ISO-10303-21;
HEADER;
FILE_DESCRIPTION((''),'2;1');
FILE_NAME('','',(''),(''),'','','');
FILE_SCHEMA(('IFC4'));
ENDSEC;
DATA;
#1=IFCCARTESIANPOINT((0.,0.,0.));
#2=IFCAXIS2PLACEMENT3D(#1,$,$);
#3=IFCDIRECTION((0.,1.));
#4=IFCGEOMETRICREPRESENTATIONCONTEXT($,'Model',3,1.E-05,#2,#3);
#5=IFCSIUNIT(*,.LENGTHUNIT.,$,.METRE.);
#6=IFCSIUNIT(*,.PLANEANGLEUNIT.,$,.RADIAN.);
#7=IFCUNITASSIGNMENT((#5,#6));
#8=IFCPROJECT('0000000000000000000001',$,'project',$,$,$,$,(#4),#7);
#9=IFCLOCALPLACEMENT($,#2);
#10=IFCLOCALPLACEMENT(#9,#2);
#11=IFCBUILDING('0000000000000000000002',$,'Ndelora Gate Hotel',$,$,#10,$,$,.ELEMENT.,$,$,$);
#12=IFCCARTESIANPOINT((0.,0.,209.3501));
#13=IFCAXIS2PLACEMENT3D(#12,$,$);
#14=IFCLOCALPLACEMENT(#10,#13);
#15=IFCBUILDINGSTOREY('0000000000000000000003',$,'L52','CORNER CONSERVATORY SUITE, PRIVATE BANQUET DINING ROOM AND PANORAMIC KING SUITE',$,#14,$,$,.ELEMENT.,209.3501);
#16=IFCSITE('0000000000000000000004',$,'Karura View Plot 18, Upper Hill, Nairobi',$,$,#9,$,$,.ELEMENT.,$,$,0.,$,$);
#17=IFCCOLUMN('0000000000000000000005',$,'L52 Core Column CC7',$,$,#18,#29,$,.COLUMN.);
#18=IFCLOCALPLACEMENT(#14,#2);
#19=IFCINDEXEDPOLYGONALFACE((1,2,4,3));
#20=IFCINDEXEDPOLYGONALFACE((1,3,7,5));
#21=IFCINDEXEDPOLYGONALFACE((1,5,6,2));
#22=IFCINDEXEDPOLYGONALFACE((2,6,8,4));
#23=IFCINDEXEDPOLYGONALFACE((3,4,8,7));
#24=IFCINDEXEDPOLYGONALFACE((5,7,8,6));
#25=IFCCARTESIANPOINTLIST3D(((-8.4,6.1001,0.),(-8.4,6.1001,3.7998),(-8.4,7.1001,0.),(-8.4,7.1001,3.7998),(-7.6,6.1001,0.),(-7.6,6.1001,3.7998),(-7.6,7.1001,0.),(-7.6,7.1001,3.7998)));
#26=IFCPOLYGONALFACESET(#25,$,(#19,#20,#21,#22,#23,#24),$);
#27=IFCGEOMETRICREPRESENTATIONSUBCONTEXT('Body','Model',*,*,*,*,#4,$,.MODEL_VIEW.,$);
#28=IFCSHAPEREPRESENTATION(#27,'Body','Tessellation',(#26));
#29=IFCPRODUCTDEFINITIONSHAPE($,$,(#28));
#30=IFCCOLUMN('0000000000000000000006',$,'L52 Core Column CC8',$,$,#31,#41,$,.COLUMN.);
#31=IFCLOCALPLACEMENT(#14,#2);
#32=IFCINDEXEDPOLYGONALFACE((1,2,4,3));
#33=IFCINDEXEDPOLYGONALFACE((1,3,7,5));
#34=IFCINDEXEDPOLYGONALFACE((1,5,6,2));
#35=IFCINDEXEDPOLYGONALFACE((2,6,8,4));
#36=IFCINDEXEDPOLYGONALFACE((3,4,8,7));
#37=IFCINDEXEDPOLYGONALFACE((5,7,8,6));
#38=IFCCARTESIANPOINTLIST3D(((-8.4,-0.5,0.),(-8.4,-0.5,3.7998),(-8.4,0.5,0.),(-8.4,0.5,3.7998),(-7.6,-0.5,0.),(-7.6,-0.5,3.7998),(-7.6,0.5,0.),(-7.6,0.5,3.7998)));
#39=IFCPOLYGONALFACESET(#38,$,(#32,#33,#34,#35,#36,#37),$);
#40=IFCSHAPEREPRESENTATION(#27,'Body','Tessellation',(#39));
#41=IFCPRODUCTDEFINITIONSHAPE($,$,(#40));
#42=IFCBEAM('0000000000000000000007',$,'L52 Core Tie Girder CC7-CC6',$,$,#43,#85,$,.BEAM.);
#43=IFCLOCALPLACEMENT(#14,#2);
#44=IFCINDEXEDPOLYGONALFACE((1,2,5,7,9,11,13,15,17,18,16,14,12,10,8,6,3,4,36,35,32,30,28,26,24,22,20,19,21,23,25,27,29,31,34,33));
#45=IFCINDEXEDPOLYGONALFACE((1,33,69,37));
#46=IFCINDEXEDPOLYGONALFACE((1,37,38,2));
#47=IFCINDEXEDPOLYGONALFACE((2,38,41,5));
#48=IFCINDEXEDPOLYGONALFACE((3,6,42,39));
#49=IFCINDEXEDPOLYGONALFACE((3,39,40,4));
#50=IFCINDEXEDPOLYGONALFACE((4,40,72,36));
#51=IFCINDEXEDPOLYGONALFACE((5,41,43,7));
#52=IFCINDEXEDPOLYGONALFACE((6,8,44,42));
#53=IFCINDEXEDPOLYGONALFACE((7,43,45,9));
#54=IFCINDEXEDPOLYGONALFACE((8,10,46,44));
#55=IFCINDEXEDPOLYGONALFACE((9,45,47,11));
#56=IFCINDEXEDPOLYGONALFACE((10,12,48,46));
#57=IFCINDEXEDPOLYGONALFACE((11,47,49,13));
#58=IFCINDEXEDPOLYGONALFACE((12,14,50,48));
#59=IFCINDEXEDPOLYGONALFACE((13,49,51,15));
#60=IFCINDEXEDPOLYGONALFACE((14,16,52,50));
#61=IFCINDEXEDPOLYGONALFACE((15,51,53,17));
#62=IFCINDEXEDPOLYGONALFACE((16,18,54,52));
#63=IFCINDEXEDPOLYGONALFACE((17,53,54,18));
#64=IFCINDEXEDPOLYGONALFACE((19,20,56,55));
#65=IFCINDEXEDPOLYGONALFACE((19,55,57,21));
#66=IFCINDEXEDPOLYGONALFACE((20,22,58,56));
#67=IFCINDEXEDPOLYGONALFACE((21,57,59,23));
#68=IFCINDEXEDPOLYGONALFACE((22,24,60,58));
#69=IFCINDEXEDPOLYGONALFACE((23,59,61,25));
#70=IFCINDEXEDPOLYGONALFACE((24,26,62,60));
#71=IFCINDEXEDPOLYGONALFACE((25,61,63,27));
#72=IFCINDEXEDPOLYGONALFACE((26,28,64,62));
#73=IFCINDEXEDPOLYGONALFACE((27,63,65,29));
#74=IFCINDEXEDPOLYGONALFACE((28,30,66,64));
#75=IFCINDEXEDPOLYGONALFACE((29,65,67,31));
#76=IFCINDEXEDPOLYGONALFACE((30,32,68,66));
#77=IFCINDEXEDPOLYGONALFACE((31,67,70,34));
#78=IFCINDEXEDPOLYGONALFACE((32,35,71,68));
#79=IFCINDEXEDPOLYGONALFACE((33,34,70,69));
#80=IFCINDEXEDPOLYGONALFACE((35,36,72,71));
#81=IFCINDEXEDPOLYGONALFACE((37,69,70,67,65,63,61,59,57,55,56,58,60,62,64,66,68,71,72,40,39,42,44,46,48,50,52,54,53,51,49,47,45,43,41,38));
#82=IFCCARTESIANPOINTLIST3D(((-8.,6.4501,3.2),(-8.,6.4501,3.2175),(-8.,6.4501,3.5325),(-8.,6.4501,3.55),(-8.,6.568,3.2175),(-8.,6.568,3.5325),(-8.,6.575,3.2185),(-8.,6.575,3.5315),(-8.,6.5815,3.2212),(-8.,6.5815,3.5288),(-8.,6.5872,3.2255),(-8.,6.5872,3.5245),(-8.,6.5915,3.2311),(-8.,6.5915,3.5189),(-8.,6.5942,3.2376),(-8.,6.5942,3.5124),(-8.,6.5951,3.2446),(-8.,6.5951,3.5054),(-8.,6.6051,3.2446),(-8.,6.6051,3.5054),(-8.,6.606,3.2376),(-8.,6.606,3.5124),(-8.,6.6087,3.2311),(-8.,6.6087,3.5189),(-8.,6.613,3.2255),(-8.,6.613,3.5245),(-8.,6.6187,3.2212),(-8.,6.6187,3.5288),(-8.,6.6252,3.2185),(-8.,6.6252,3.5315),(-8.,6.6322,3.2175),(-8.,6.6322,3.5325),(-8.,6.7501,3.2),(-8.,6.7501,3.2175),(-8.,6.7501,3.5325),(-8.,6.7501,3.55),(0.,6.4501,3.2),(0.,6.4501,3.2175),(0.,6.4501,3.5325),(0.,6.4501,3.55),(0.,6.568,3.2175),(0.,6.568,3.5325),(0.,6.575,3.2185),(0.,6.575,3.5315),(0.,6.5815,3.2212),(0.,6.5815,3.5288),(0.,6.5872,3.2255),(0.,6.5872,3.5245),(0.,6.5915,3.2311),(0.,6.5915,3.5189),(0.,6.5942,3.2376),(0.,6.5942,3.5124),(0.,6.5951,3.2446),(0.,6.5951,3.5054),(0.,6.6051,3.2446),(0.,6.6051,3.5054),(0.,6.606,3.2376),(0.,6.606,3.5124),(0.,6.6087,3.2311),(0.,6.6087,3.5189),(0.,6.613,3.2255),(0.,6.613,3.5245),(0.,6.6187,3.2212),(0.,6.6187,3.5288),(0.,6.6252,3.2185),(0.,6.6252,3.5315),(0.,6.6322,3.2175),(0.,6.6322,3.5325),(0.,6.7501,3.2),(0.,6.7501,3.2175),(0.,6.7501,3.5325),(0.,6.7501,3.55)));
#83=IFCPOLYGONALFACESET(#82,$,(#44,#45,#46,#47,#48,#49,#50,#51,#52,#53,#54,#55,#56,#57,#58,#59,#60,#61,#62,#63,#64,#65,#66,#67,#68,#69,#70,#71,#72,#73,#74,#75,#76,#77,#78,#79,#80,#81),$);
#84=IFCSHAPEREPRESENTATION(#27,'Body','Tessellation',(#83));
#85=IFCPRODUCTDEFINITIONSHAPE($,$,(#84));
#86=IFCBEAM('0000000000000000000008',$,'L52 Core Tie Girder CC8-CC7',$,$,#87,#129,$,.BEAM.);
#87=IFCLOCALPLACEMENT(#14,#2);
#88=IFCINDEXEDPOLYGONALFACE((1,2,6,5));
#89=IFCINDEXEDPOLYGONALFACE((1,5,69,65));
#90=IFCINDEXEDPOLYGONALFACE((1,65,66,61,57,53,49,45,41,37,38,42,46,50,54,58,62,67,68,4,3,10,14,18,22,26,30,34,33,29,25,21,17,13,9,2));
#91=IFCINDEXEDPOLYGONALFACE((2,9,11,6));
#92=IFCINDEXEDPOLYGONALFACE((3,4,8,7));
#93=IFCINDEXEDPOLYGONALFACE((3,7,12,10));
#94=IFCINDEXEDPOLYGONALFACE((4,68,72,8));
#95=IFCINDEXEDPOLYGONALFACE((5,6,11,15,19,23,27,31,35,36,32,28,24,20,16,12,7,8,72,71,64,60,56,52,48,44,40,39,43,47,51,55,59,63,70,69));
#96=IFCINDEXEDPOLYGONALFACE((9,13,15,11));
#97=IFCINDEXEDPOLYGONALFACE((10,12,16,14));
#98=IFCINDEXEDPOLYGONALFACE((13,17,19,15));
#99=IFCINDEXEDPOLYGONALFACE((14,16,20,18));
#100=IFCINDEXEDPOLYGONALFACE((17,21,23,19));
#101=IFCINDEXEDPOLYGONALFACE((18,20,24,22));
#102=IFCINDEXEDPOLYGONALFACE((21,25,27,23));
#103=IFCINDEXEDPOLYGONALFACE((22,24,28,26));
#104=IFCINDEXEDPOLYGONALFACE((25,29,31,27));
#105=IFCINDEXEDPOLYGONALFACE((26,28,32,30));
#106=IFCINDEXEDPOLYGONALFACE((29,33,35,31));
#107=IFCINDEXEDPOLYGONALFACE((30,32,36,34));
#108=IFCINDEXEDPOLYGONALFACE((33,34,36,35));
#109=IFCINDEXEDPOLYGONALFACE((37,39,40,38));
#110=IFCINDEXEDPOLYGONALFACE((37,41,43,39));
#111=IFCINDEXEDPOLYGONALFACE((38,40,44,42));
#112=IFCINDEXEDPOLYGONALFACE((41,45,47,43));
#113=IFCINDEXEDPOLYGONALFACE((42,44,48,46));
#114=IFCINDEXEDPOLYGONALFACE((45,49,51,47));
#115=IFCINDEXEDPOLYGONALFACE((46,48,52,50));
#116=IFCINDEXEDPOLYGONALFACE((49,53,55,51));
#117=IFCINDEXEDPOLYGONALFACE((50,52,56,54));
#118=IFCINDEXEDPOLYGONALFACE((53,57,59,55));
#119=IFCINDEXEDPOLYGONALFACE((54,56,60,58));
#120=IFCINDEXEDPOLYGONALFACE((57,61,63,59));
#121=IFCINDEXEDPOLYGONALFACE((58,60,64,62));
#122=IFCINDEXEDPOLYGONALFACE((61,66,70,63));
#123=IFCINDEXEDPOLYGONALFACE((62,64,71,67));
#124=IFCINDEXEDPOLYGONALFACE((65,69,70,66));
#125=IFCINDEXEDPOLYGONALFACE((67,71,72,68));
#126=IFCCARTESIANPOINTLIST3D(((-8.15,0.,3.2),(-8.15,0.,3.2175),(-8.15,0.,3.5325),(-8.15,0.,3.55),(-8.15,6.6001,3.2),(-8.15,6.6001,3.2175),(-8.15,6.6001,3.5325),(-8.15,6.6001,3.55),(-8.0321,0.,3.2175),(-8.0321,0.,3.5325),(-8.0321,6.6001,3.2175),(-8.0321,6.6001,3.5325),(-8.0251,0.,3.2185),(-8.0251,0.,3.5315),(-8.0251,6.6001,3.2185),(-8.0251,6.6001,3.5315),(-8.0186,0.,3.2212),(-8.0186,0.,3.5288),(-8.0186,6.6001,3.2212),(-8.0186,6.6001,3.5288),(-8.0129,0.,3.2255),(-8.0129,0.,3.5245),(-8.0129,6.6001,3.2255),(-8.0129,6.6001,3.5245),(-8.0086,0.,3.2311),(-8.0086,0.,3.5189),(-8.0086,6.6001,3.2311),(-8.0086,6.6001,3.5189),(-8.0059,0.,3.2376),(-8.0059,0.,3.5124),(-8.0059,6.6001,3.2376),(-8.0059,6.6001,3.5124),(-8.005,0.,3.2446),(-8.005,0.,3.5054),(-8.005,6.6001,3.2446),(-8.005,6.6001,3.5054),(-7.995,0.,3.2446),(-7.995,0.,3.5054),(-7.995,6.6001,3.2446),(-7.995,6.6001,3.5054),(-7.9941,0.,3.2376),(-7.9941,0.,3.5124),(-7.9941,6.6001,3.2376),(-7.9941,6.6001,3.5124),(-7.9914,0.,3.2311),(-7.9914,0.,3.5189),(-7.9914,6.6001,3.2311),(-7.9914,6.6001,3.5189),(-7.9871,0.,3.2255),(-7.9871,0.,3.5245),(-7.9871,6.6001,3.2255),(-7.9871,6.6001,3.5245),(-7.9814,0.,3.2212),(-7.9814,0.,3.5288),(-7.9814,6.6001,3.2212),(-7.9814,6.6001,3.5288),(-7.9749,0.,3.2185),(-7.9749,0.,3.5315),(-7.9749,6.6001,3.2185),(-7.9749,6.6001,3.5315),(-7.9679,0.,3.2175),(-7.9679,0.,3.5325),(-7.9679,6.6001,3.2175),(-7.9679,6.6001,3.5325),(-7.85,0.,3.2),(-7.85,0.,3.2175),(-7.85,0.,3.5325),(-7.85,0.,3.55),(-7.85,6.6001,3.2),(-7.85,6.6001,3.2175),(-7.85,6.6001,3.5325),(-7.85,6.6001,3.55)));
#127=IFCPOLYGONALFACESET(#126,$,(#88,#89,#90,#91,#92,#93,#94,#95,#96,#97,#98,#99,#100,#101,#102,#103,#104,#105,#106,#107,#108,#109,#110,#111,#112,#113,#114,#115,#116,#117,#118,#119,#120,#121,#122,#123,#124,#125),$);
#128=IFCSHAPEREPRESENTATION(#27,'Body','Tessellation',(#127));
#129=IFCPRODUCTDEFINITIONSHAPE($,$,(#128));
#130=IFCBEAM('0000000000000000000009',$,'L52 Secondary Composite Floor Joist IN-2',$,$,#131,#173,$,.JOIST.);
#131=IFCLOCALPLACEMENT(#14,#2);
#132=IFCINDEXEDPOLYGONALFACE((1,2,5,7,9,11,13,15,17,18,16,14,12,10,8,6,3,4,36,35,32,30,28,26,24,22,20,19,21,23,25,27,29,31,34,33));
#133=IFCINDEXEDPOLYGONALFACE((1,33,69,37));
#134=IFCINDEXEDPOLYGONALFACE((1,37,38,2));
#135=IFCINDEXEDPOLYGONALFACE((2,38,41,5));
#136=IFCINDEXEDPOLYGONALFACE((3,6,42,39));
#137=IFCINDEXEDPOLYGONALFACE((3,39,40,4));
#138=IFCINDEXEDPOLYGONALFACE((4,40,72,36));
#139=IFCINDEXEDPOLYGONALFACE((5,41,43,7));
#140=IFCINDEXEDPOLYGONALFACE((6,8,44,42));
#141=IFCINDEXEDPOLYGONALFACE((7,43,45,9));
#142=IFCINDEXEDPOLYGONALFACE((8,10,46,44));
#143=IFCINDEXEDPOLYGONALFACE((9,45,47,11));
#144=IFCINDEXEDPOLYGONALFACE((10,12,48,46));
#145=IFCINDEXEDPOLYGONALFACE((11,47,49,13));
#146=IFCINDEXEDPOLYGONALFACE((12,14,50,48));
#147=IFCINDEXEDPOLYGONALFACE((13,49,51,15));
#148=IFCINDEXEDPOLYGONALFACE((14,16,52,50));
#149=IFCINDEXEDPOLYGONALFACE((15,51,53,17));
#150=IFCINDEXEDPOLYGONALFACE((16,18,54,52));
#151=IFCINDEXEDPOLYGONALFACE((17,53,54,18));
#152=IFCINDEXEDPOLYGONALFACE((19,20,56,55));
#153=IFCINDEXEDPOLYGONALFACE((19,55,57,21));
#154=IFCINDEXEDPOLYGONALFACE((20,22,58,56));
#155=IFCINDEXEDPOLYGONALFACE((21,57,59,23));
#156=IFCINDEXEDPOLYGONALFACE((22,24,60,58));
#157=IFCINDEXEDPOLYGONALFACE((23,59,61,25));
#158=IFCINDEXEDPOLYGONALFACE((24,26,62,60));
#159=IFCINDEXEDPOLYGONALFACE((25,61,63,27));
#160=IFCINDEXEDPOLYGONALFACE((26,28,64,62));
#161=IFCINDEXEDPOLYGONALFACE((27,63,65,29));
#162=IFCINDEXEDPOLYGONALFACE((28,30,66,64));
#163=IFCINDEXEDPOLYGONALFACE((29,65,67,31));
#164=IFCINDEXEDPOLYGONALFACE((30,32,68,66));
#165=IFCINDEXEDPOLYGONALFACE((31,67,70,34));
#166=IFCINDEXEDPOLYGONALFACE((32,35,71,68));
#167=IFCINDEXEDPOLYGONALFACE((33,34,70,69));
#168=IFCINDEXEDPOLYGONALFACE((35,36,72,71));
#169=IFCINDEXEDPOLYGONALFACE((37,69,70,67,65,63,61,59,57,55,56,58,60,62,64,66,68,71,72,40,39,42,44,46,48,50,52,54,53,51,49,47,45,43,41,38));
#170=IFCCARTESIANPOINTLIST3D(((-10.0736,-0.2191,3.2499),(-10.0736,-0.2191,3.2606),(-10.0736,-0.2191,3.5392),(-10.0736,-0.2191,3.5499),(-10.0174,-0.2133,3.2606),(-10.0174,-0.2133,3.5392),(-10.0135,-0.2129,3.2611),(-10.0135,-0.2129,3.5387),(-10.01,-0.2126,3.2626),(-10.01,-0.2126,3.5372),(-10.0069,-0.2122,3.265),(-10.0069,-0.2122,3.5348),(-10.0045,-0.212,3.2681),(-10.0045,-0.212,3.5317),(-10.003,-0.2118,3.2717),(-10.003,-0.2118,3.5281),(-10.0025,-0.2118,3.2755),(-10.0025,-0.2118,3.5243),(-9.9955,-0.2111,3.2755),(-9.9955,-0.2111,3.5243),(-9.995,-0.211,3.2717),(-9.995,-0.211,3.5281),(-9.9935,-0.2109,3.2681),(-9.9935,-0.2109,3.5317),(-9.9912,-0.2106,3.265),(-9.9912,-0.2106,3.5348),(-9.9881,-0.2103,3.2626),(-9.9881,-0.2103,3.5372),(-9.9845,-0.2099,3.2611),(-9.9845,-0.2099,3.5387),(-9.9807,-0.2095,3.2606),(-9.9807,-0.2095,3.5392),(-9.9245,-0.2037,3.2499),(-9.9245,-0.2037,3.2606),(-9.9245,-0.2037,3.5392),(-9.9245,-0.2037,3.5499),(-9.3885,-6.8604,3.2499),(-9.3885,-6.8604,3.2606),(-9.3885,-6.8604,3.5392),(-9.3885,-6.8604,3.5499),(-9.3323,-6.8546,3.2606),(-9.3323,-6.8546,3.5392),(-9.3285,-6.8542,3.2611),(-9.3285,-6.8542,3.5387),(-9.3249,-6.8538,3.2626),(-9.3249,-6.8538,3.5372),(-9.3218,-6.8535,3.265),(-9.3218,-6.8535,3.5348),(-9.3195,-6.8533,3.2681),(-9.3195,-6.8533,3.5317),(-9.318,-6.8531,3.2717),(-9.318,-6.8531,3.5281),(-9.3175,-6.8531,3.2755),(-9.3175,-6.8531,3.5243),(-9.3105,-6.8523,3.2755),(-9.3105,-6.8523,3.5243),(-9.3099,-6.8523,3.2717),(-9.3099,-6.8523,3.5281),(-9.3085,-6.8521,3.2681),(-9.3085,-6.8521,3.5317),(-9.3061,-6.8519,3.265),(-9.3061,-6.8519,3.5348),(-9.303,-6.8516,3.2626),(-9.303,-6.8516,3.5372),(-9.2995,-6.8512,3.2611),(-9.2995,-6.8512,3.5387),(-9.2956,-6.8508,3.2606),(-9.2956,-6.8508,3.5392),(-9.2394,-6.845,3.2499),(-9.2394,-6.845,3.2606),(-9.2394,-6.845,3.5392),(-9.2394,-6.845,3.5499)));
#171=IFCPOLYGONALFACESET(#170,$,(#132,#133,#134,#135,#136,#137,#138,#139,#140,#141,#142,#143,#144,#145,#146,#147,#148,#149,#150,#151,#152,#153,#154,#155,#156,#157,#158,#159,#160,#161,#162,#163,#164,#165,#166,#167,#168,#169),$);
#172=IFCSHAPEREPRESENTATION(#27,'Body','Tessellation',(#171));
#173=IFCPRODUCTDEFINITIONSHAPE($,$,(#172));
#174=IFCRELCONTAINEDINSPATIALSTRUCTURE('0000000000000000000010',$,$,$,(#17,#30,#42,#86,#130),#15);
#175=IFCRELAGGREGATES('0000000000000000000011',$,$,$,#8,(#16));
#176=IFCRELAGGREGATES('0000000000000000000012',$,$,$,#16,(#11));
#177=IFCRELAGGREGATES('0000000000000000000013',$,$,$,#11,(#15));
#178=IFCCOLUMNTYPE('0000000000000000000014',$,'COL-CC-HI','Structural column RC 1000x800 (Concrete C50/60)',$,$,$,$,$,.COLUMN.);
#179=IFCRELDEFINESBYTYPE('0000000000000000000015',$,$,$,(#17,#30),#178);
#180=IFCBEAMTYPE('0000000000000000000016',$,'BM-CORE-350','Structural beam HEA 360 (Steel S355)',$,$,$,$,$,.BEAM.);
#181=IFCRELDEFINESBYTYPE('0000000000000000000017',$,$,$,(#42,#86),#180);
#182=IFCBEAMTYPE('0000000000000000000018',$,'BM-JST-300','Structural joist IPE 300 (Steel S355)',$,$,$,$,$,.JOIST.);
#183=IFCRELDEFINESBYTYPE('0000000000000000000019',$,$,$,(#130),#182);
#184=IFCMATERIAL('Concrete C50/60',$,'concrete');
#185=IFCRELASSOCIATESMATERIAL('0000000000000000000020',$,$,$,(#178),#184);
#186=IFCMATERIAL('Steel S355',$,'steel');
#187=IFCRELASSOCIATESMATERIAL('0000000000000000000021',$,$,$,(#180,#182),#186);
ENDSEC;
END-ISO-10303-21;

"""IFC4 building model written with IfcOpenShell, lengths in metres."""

from ifc_helpers import new_model, si_unit, direction, frame, origin, origin_2d, place, context, subcontext, project, spatial, rectangle, i_section, extrude, material, material_profile, profile_set, type_object, element, save


model = new_model("IFC4")

# Units and contexts
model_context = context("Model", 3, precision=1e-05, world=origin(), true_north=direction((0.0, 1.0)))
body_context = subcontext(model_context, "Body", "Model", "MODEL_VIEW")
ifc_project = project(units=[si_unit("LENGTHUNIT", "METRE"), si_unit("PLANEANGLEUNIT", "RADIAN")], contexts=[model_context])

# Site, building, storey
site_placement = place(None, origin())
site = spatial("IfcSite", under=ifc_project, at=site_placement, Name="Karura View Plot 18, Upper Hill, Nairobi", CompositionType="ELEMENT", RefElevation=0.0)
building_placement = place(site_placement, origin())
building = spatial("IfcBuilding", under=site, at=building_placement, Name="Ndelora Gate Hotel", CompositionType="ELEMENT")
storey_placement = place(building_placement, frame((0.0, 0.0, 209.3501)))
storey = spatial("IfcBuildingStorey", under=building, at=storey_placement, Name="L52", Description="CORNER CONSERVATORY SUITE, PRIVATE BANQUET DINING ROOM AND PANORAMIC KING SUITE", CompositionType="ELEMENT", Elevation=209.3501)

# Columns
ifc_material_1 = material(Name="Concrete C50/60", Category="concrete")
ifc_material_profile_1 = material_profile(ifc_material_1, rectangle(XDim=0.8, YDim=1.0, at=origin_2d()), Name="RC 1000x800")
ifc_profile_set_1 = profile_set([ifc_material_profile_1], Name="Concrete C50/60")
column_type = type_object("IfcColumnType", Name="COL-CC-HI", Description="Structural column RC 1000x800 (Concrete C50/60)", PredefinedType="COLUMN", material=ifc_profile_set_1)
for number, where, z_axis, x_axis, name in (
    (1, (-8.0, 6.6001, 0.0), (0.0, 0.0, 1.0), (1.0, 0.0, 0.0), "L52 Core Column CC7"),
    (2, (-8.0, 0.0, 0.0), (0.0, 0.0, 1.0), (1.0, 0.0, 0.0), "L52 Core Column CC8"),
):
    element("IfcColumn", number, at=place(storey_placement, frame(where, z_axis=z_axis, x_axis=x_axis)), inside=storey, type_object=column_type, Name=name, PredefinedType="COLUMN", context=body_context, shape_type="SweptSolid", body=[
        extrude(rectangle(XDim=0.8, YDim=1.0, at=origin_2d()), origin(), (0.0, 0.0, 1.0), 3.7998),
    ])

# Beams
ifc_material_2 = material(Name="Steel S355", Category="steel")
ifc_material_profile_2 = material_profile(ifc_material_2, i_section(OverallWidth=0.3, OverallDepth=0.3501, WebThickness=0.01, FlangeThickness=0.0176, FilletRadius=0.0271, at=origin_2d()), Name="HEA 360")
ifc_profile_set_2 = profile_set([ifc_material_profile_2], Name="Steel S355")
beam_type_1 = type_object("IfcBeamType", Name="BM-CORE-350", Description="Structural beam HEA 360 (Steel S355)", PredefinedType="BEAM", material=ifc_profile_set_2)
beam_1_placement = place(storey_placement, frame((-8.0, 6.6001, 3.375), z_axis=(1.0, 0.0, 0.0), x_axis=(0.0, 1.0, 0.0)))
element("IfcBeam", 3, at=beam_1_placement, inside=storey, type_object=beam_type_1, Name="L52 Core Tie Girder CC7-CC6", PredefinedType="BEAM", context=body_context, shape_type="SweptSolid", body=[
    extrude(i_section(OverallWidth=0.3, OverallDepth=0.3501, WebThickness=0.01, FlangeThickness=0.0176, FilletRadius=0.0271, at=origin_2d()), origin(), (0.0, 0.0, 1.0), 8.0),
])
beam_2_placement = place(storey_placement, frame((-8.0, 0.0, 3.375), z_axis=(0.0, 1.0, 0.0), x_axis=(-1.0, 0.0, 0.0)))
element("IfcBeam", 4, at=beam_2_placement, inside=storey, type_object=beam_type_1, Name="L52 Core Tie Girder CC8-CC7", PredefinedType="BEAM", context=body_context, shape_type="SweptSolid", body=[
    extrude(i_section(OverallWidth=0.3, OverallDepth=0.3501, WebThickness=0.01, FlangeThickness=0.0176, FilletRadius=0.0271, at=origin_2d()), origin(), (0.0, 0.0, 1.0), 6.6001),
])
ifc_material_profile_3 = material_profile(ifc_material_2, i_section(OverallWidth=0.1499, OverallDepth=0.3, WebThickness=0.0071, FlangeThickness=0.0107, FilletRadius=0.0149, at=origin_2d()), Name="IPE 300")
ifc_profile_set_3 = profile_set([ifc_material_profile_3], Name="Steel S355")
beam_type_2 = type_object("IfcBeamType", Name="BM-JST-300", Description="Structural joist IPE 300 (Steel S355)", PredefinedType="JOIST", material=ifc_profile_set_3)
beam_3_placement = place(storey_placement, frame((-9.999, -0.2114, 3.3999), z_axis=(0.102606, -0.994722, 0.0), x_axis=(0.994722, 0.102606, 0.0)))
element("IfcBeam", 5, at=beam_3_placement, inside=storey, type_object=beam_type_2, Name="L52 Secondary Composite Floor Joist IN-2", PredefinedType="JOIST", context=body_context, shape_type="SweptSolid", body=[
    extrude(i_section(OverallWidth=0.1499, OverallDepth=0.3, WebThickness=0.0071, FlangeThickness=0.0107, FilletRadius=0.0149, at=origin_2d()), origin(), (0.0, 0.0, 1.0), 6.6765),
])

save(model, "model.ifc")
